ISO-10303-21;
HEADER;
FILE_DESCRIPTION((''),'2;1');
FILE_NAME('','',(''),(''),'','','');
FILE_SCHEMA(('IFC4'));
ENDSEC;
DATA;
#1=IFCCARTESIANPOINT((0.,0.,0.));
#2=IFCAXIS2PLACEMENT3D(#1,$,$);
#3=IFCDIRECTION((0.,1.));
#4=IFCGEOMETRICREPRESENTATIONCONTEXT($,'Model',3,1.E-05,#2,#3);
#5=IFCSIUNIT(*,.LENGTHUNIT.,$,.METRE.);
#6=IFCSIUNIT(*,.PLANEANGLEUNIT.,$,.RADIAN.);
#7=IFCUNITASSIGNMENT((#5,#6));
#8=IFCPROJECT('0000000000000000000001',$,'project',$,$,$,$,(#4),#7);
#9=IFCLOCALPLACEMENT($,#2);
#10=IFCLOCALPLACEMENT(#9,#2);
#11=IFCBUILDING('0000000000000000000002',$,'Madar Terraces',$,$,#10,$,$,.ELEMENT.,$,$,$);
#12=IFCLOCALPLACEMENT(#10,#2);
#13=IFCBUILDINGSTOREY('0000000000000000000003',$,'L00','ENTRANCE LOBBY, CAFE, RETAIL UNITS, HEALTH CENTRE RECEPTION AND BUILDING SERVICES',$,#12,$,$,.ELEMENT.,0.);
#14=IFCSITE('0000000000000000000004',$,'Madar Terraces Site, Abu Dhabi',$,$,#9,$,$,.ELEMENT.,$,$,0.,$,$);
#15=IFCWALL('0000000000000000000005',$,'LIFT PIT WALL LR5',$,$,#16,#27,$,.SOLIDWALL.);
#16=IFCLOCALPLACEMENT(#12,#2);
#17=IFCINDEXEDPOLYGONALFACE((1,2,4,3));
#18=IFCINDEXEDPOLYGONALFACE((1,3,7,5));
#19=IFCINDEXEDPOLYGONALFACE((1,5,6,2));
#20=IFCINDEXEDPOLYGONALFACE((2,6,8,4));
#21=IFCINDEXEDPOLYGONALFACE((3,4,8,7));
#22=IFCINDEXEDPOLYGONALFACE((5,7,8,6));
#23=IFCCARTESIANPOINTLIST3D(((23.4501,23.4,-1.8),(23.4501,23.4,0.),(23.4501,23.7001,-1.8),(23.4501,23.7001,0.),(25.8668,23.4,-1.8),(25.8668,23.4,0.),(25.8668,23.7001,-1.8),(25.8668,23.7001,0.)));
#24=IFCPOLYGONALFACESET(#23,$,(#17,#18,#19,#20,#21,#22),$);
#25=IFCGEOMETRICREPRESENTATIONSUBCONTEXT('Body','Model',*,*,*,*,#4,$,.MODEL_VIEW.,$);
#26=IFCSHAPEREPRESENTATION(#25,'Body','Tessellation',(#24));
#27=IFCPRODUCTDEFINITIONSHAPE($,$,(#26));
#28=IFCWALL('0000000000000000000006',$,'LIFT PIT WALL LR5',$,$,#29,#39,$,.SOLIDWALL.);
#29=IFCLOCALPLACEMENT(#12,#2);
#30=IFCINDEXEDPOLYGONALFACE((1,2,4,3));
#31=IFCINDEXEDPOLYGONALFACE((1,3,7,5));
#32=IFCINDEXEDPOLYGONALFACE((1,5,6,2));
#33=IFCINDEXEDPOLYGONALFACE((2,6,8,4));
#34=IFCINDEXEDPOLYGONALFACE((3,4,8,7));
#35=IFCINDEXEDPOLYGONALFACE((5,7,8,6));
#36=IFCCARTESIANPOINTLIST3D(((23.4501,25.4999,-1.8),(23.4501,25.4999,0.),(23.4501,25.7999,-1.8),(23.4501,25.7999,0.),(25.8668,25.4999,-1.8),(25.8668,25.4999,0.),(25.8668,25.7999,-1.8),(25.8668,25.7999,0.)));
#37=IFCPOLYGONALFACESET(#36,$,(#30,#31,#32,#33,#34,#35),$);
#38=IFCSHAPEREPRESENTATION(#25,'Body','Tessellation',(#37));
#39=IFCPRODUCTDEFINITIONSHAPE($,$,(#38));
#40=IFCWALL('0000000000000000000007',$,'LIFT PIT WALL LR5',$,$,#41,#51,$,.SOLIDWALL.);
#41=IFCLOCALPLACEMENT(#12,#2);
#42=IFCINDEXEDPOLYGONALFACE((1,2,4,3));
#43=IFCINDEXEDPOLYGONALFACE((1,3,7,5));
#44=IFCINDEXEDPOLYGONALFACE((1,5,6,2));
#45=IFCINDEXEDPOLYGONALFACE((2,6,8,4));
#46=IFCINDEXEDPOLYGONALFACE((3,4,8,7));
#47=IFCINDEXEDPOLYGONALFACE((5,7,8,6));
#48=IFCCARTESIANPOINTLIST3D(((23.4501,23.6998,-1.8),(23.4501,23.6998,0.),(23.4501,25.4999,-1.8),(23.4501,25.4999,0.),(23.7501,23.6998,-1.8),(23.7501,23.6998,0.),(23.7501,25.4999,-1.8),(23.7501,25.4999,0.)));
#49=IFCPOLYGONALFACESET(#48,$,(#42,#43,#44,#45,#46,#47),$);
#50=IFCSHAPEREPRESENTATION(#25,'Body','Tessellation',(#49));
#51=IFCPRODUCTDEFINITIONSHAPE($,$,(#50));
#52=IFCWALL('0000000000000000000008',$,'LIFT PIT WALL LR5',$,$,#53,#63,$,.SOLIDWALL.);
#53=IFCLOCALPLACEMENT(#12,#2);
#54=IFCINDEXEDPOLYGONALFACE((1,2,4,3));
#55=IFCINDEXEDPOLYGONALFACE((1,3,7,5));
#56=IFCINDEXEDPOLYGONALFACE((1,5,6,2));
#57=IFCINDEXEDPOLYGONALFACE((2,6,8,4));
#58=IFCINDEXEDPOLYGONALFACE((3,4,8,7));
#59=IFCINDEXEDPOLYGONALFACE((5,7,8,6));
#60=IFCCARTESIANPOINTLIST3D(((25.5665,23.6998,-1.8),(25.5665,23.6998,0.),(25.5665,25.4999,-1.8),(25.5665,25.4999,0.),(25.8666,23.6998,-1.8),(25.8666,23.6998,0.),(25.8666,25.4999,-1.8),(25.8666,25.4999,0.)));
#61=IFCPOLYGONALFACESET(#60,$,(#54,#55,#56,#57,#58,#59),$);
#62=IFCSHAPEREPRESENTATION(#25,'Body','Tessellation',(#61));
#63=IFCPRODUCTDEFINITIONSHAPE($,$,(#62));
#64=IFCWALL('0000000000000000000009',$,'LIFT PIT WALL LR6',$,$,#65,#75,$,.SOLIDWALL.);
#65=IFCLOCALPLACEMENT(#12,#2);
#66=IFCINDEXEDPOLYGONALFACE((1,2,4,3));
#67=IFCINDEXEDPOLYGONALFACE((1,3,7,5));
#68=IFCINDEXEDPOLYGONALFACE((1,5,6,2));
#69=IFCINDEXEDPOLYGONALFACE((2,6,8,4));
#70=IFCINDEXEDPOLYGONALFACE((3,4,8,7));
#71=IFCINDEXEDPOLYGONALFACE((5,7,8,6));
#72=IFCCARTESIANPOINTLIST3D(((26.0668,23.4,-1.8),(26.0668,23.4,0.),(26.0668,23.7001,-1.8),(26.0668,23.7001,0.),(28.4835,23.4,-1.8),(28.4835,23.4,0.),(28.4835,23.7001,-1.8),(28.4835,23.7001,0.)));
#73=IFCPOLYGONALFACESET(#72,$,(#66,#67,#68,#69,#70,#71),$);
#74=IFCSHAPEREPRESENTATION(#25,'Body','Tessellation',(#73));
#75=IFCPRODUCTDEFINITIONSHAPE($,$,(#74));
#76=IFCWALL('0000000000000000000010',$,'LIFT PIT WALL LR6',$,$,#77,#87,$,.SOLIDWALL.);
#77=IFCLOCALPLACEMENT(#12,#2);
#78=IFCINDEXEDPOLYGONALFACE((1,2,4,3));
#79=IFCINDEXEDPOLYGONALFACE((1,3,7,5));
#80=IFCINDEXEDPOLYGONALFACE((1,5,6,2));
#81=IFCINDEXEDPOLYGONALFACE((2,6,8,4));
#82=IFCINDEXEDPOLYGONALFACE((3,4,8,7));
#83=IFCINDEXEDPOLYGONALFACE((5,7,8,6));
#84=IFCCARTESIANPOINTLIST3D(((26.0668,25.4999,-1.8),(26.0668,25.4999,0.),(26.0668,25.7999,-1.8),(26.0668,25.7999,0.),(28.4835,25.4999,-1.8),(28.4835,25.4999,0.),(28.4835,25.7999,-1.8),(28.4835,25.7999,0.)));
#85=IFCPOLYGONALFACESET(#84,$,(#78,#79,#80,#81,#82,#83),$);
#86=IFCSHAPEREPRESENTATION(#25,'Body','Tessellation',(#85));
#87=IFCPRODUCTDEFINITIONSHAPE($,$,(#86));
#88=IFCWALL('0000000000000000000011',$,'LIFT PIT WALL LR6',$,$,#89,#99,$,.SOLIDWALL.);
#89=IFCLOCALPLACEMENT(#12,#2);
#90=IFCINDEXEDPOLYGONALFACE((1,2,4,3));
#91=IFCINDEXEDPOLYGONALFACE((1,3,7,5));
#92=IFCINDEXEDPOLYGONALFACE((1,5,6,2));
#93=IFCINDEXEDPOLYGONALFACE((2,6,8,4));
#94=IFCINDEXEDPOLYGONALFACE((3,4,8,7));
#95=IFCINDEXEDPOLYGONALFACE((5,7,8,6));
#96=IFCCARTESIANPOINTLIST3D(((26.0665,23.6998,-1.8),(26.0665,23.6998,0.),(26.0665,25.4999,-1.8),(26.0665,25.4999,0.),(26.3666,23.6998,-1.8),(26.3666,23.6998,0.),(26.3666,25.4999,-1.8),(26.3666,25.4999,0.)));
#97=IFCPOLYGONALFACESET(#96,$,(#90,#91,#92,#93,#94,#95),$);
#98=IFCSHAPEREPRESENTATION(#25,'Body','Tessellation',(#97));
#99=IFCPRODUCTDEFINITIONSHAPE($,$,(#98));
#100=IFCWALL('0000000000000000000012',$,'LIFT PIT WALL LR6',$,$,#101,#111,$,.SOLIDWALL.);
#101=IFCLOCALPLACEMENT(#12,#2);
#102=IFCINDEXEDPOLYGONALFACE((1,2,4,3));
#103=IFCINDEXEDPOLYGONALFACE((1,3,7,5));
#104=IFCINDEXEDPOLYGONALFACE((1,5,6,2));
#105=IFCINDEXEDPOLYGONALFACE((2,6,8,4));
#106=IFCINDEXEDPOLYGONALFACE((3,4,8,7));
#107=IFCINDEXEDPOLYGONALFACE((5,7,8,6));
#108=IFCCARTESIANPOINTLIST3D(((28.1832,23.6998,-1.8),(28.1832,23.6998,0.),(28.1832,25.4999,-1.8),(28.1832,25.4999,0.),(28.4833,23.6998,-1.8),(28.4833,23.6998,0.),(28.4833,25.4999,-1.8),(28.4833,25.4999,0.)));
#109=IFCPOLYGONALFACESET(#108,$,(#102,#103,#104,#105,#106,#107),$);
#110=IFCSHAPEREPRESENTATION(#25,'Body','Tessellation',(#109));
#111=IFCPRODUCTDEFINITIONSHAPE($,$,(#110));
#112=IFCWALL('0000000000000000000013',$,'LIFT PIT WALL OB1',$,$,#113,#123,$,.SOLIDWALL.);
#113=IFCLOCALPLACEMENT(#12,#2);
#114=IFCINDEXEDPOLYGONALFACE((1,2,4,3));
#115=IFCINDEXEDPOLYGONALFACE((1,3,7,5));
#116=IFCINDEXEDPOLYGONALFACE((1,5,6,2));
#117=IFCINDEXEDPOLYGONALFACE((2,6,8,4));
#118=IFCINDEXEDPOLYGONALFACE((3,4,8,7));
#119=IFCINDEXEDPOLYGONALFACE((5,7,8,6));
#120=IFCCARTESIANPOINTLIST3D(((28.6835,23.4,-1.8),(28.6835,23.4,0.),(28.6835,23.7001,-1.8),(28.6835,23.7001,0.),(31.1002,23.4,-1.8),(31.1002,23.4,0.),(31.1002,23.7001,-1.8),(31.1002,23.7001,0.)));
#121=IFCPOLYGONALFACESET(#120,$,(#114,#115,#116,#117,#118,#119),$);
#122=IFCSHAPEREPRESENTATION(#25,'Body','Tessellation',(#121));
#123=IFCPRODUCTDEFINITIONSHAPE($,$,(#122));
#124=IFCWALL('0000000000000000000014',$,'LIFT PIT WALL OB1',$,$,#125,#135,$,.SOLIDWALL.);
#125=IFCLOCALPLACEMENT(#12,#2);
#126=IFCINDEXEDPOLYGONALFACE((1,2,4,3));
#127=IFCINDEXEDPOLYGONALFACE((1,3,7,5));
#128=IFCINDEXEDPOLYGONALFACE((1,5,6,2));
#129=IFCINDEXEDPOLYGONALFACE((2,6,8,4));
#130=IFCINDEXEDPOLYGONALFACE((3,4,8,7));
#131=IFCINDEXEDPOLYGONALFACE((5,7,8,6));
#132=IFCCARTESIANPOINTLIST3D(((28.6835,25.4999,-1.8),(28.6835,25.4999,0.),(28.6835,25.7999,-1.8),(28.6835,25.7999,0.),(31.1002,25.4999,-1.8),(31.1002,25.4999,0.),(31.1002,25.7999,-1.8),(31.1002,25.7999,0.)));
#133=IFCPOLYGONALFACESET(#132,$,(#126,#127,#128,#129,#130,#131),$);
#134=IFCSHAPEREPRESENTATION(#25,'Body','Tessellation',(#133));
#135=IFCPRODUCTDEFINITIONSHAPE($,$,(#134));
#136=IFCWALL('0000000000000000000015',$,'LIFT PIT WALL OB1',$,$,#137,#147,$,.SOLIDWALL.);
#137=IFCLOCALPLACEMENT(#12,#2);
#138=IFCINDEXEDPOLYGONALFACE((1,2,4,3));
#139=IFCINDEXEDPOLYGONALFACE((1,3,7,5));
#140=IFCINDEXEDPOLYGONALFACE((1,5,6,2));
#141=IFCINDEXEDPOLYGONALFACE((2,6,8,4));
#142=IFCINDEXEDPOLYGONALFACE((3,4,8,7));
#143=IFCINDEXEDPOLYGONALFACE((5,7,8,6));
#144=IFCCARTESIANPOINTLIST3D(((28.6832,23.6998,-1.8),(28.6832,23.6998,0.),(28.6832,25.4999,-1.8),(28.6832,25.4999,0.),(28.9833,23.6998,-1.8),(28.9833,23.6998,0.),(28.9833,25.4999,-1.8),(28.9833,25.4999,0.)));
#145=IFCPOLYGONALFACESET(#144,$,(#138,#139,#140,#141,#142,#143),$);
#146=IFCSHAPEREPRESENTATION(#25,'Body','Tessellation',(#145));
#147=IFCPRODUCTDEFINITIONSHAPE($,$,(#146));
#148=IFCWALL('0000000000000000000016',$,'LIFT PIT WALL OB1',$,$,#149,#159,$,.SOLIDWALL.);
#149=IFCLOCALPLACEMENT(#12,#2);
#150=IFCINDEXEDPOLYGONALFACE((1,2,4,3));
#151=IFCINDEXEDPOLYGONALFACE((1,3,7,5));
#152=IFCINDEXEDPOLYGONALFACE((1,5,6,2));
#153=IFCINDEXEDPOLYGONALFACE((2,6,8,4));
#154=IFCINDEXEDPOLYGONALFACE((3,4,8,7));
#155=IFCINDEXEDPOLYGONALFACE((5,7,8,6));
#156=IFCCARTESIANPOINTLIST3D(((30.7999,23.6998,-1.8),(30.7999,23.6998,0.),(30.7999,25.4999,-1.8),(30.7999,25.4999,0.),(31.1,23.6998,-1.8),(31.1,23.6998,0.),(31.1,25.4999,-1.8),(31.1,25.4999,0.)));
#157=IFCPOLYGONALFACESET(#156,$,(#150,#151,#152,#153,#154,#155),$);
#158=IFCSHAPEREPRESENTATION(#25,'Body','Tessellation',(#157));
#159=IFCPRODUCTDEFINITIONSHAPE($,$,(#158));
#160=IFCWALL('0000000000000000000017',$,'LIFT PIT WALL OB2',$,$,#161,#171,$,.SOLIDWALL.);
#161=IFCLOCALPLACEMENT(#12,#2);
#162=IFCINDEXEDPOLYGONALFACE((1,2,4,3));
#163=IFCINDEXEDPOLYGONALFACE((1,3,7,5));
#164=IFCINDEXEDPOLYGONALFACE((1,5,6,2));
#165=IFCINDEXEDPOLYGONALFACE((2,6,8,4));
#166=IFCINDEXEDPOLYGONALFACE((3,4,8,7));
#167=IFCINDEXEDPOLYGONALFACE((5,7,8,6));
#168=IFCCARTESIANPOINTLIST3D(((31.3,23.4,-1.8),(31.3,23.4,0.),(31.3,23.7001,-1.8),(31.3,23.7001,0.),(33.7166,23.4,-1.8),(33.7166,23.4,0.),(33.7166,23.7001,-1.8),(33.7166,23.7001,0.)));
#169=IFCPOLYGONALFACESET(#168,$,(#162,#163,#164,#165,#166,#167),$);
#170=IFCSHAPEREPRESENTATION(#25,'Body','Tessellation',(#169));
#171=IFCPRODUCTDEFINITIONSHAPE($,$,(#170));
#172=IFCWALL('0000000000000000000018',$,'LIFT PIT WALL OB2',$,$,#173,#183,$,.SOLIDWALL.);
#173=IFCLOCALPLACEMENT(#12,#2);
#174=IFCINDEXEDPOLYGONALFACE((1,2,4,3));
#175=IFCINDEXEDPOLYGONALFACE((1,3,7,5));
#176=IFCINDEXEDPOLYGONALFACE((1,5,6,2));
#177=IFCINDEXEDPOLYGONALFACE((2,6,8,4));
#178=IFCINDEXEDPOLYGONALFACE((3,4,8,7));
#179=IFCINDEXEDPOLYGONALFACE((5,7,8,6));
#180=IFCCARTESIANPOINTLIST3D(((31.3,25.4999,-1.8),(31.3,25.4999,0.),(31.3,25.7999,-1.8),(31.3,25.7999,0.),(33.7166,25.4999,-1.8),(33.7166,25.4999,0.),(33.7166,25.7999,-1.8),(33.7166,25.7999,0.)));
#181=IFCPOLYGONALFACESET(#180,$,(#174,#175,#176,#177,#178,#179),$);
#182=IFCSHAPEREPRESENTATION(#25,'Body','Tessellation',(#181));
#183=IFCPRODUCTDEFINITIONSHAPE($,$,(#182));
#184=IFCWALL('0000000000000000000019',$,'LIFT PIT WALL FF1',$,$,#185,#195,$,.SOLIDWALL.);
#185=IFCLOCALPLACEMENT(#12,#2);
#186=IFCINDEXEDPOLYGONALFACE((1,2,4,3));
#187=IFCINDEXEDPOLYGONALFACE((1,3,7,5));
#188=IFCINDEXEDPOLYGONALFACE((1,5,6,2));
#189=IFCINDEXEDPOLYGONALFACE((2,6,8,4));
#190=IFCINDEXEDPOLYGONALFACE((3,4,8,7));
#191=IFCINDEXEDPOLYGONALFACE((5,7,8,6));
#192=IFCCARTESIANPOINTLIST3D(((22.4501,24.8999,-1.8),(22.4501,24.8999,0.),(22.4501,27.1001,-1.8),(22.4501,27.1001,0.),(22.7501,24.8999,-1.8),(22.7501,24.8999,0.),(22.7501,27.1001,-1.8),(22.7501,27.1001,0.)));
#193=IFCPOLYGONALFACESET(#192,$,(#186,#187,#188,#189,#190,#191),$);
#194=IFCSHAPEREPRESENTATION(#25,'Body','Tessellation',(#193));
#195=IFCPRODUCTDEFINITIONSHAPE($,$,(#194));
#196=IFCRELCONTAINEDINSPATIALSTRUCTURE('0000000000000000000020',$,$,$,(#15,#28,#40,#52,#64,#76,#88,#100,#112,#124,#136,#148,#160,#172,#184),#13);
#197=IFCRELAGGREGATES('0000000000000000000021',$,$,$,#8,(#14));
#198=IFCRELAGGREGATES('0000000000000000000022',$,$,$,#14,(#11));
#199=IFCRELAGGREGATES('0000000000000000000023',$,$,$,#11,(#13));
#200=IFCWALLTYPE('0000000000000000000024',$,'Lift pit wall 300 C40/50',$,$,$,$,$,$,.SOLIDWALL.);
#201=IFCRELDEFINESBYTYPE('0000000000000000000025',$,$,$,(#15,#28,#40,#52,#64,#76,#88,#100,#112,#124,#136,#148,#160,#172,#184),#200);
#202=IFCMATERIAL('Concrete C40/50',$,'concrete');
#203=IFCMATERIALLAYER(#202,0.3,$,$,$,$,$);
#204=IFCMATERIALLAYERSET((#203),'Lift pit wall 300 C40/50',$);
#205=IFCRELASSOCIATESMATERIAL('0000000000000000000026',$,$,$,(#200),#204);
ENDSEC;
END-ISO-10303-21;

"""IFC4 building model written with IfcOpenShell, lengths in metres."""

from ifc_helpers import new_model, si_unit, direction, frame, frame_2d, origin, place, context, subcontext, project, spatial, rectangle, extrude, material, layer, layer_set, type_object, element, save


model = new_model("IFC4")

# Units and contexts
model_context = context("Model", 3, precision=1e-05, world=origin(), true_north=direction((0.0, 1.0)))
body_context = subcontext(model_context, "Body", "Model", "MODEL_VIEW")
ifc_project = project(units=[si_unit("LENGTHUNIT", "METRE"), si_unit("PLANEANGLEUNIT", "RADIAN")], contexts=[model_context])

# Site, building, storey
site_placement = place(None, origin())
site = spatial("IfcSite", under=ifc_project, at=site_placement, Name="Madar Terraces Site, Abu Dhabi", CompositionType="ELEMENT", RefElevation=0.0)
building_placement = place(site_placement, origin())
building = spatial("IfcBuilding", under=site, at=building_placement, Name="Madar Terraces", CompositionType="ELEMENT")
storey_placement = place(building_placement, origin())
storey = spatial("IfcBuildingStorey", under=building, at=storey_placement, Name="L00", Description="ENTRANCE LOBBY, CAFE, RETAIL UNITS, HEALTH CENTRE RECEPTION AND BUILDING SERVICES", CompositionType="ELEMENT", Elevation=0.0)

# Walls
ifc_material_1 = material(Name="Concrete C40/50", Category="concrete")
ifc_layer_1 = layer(ifc_material_1, 0.3)
ifc_layer_set_1 = layer_set([ifc_layer_1], Name="Lift pit wall 300 C40/50")
wall_type_1 = type_object("IfcWallType", Name="Lift pit wall 300 C40/50", PredefinedType="SOLIDWALL", material=ifc_layer_set_1)
for number, where, z_axis, x_axis, name in (
    (1, (23.45, 23.55, -1.8), (0.0, 0.0, 1.0), (1.0, 0.0, 0.0), "LIFT PIT WALL LR5"),
    (2, (23.45, 25.6499, -1.8), (0.0, 0.0, 1.0), (1.0, 0.0, 0.0), "LIFT PIT WALL LR5"),
):
    element("IfcWall", number, at=place(storey_placement, frame(where, z_axis=z_axis, x_axis=x_axis)), inside=storey, type_object=wall_type_1, Name=name, PredefinedType="SOLIDWALL", context=body_context, shape_type="SweptSolid", body=[
        extrude(rectangle(XDim=2.4167, YDim=0.3, at=frame_2d((1.2085, 0.0))), origin(), (0.0, 0.0, 1.0), 1.8),
    ])
for number, where, z_axis, x_axis, name in (
    (3, (23.6001, 23.7, -1.8), (0.0, 0.0, 1.0), (0.0, 1.0, 0.0), "LIFT PIT WALL LR5"),
    (4, (25.7166, 23.7, -1.8), (0.0, 0.0, 1.0), (0.0, 1.0, 0.0), "LIFT PIT WALL LR5"),
):
    element("IfcWall", number, at=place(storey_placement, frame(where, z_axis=z_axis, x_axis=x_axis)), inside=storey, type_object=wall_type_1, Name=name, PredefinedType="SOLIDWALL", context=body_context, shape_type="SweptSolid", body=[
        extrude(rectangle(XDim=1.8, YDim=0.3, at=frame_2d((0.8999, 0.0))), origin(), (0.0, 0.0, 1.0), 1.8),
    ])
for number, where, z_axis, x_axis, name in (
    (5, (26.0667, 23.55, -1.8), (0.0, 0.0, 1.0), (1.0, 0.0, 0.0), "LIFT PIT WALL LR6"),
    (6, (26.0667, 25.6499, -1.8), (0.0, 0.0, 1.0), (1.0, 0.0, 0.0), "LIFT PIT WALL LR6"),
):
    element("IfcWall", number, at=place(storey_placement, frame(where, z_axis=z_axis, x_axis=x_axis)), inside=storey, type_object=wall_type_1, Name=name, PredefinedType="SOLIDWALL", context=body_context, shape_type="SweptSolid", body=[
        extrude(rectangle(XDim=2.4167, YDim=0.3, at=frame_2d((1.2085, 0.0))), origin(), (0.0, 0.0, 1.0), 1.8),
    ])
for number, where, z_axis, x_axis, name in (
    (7, (26.2166, 23.7, -1.8), (0.0, 0.0, 1.0), (0.0, 1.0, 0.0), "LIFT PIT WALL LR6"),
    (8, (28.3333, 23.7, -1.8), (0.0, 0.0, 1.0), (0.0, 1.0, 0.0), "LIFT PIT WALL LR6"),
):
    element("IfcWall", number, at=place(storey_placement, frame(where, z_axis=z_axis, x_axis=x_axis)), inside=storey, type_object=wall_type_1, Name=name, PredefinedType="SOLIDWALL", context=body_context, shape_type="SweptSolid", body=[
        extrude(rectangle(XDim=1.8, YDim=0.3, at=frame_2d((0.8999, 0.0))), origin(), (0.0, 0.0, 1.0), 1.8),
    ])
for number, where, z_axis, x_axis, name in (
    (9, (28.6833, 23.55, -1.8), (0.0, 0.0, 1.0), (1.0, 0.0, 0.0), "LIFT PIT WALL OB1"),
    (10, (28.6833, 25.6499, -1.8), (0.0, 0.0, 1.0), (1.0, 0.0, 0.0), "LIFT PIT WALL OB1"),
):
    element("IfcWall", number, at=place(storey_placement, frame(where, z_axis=z_axis, x_axis=x_axis)), inside=storey, type_object=wall_type_1, Name=name, PredefinedType="SOLIDWALL", context=body_context, shape_type="SweptSolid", body=[
        extrude(rectangle(XDim=2.4167, YDim=0.3, at=frame_2d((1.2085, 0.0))), origin(), (0.0, 0.0, 1.0), 1.8),
    ])
for number, where, z_axis, x_axis, name in (
    (11, (28.8333, 23.7, -1.8), (0.0, 0.0, 1.0), (0.0, 1.0, 0.0), "LIFT PIT WALL OB1"),
    (12, (30.95, 23.7, -1.8), (0.0, 0.0, 1.0), (0.0, 1.0, 0.0), "LIFT PIT WALL OB1"),
):
    element("IfcWall", number, at=place(storey_placement, frame(where, z_axis=z_axis, x_axis=x_axis)), inside=storey, type_object=wall_type_1, Name=name, PredefinedType="SOLIDWALL", context=body_context, shape_type="SweptSolid", body=[
        extrude(rectangle(XDim=1.8, YDim=0.3, at=frame_2d((0.8999, 0.0))), origin(), (0.0, 0.0, 1.0), 1.8),
    ])
for number, where, z_axis, x_axis, name in (
    (13, (31.3, 23.55, -1.8), (0.0, 0.0, 1.0), (1.0, 0.0, 0.0), "LIFT PIT WALL OB2"),
    (14, (31.3, 25.6499, -1.8), (0.0, 0.0, 1.0), (1.0, 0.0, 0.0), "LIFT PIT WALL OB2"),
):
    element("IfcWall", number, at=place(storey_placement, frame(where, z_axis=z_axis, x_axis=x_axis)), inside=storey, type_object=wall_type_1, Name=name, PredefinedType="SOLIDWALL", context=body_context, shape_type="SweptSolid", body=[
        extrude(rectangle(XDim=2.4165, YDim=0.3, at=frame_2d((1.2083, 0.0))), origin(), (0.0, 0.0, 1.0), 1.8),
    ])
wall_1_placement = place(storey_placement, frame((22.6001, 24.8999, -1.8), z_axis=(0.0, 0.0, 1.0), x_axis=(0.0, 1.0, 0.0)))
element("IfcWall", 15, at=wall_1_placement, inside=storey, type_object=wall_type_1, Name="LIFT PIT WALL FF1", PredefinedType="SOLIDWALL", context=body_context, shape_type="SweptSolid", body=[
    extrude(rectangle(XDim=2.2002, YDim=0.3, at=frame_2d((1.1001, 0.0))), origin(), (0.0, 0.0, 1.0), 1.8),
])

save(model, "model.ifc")
